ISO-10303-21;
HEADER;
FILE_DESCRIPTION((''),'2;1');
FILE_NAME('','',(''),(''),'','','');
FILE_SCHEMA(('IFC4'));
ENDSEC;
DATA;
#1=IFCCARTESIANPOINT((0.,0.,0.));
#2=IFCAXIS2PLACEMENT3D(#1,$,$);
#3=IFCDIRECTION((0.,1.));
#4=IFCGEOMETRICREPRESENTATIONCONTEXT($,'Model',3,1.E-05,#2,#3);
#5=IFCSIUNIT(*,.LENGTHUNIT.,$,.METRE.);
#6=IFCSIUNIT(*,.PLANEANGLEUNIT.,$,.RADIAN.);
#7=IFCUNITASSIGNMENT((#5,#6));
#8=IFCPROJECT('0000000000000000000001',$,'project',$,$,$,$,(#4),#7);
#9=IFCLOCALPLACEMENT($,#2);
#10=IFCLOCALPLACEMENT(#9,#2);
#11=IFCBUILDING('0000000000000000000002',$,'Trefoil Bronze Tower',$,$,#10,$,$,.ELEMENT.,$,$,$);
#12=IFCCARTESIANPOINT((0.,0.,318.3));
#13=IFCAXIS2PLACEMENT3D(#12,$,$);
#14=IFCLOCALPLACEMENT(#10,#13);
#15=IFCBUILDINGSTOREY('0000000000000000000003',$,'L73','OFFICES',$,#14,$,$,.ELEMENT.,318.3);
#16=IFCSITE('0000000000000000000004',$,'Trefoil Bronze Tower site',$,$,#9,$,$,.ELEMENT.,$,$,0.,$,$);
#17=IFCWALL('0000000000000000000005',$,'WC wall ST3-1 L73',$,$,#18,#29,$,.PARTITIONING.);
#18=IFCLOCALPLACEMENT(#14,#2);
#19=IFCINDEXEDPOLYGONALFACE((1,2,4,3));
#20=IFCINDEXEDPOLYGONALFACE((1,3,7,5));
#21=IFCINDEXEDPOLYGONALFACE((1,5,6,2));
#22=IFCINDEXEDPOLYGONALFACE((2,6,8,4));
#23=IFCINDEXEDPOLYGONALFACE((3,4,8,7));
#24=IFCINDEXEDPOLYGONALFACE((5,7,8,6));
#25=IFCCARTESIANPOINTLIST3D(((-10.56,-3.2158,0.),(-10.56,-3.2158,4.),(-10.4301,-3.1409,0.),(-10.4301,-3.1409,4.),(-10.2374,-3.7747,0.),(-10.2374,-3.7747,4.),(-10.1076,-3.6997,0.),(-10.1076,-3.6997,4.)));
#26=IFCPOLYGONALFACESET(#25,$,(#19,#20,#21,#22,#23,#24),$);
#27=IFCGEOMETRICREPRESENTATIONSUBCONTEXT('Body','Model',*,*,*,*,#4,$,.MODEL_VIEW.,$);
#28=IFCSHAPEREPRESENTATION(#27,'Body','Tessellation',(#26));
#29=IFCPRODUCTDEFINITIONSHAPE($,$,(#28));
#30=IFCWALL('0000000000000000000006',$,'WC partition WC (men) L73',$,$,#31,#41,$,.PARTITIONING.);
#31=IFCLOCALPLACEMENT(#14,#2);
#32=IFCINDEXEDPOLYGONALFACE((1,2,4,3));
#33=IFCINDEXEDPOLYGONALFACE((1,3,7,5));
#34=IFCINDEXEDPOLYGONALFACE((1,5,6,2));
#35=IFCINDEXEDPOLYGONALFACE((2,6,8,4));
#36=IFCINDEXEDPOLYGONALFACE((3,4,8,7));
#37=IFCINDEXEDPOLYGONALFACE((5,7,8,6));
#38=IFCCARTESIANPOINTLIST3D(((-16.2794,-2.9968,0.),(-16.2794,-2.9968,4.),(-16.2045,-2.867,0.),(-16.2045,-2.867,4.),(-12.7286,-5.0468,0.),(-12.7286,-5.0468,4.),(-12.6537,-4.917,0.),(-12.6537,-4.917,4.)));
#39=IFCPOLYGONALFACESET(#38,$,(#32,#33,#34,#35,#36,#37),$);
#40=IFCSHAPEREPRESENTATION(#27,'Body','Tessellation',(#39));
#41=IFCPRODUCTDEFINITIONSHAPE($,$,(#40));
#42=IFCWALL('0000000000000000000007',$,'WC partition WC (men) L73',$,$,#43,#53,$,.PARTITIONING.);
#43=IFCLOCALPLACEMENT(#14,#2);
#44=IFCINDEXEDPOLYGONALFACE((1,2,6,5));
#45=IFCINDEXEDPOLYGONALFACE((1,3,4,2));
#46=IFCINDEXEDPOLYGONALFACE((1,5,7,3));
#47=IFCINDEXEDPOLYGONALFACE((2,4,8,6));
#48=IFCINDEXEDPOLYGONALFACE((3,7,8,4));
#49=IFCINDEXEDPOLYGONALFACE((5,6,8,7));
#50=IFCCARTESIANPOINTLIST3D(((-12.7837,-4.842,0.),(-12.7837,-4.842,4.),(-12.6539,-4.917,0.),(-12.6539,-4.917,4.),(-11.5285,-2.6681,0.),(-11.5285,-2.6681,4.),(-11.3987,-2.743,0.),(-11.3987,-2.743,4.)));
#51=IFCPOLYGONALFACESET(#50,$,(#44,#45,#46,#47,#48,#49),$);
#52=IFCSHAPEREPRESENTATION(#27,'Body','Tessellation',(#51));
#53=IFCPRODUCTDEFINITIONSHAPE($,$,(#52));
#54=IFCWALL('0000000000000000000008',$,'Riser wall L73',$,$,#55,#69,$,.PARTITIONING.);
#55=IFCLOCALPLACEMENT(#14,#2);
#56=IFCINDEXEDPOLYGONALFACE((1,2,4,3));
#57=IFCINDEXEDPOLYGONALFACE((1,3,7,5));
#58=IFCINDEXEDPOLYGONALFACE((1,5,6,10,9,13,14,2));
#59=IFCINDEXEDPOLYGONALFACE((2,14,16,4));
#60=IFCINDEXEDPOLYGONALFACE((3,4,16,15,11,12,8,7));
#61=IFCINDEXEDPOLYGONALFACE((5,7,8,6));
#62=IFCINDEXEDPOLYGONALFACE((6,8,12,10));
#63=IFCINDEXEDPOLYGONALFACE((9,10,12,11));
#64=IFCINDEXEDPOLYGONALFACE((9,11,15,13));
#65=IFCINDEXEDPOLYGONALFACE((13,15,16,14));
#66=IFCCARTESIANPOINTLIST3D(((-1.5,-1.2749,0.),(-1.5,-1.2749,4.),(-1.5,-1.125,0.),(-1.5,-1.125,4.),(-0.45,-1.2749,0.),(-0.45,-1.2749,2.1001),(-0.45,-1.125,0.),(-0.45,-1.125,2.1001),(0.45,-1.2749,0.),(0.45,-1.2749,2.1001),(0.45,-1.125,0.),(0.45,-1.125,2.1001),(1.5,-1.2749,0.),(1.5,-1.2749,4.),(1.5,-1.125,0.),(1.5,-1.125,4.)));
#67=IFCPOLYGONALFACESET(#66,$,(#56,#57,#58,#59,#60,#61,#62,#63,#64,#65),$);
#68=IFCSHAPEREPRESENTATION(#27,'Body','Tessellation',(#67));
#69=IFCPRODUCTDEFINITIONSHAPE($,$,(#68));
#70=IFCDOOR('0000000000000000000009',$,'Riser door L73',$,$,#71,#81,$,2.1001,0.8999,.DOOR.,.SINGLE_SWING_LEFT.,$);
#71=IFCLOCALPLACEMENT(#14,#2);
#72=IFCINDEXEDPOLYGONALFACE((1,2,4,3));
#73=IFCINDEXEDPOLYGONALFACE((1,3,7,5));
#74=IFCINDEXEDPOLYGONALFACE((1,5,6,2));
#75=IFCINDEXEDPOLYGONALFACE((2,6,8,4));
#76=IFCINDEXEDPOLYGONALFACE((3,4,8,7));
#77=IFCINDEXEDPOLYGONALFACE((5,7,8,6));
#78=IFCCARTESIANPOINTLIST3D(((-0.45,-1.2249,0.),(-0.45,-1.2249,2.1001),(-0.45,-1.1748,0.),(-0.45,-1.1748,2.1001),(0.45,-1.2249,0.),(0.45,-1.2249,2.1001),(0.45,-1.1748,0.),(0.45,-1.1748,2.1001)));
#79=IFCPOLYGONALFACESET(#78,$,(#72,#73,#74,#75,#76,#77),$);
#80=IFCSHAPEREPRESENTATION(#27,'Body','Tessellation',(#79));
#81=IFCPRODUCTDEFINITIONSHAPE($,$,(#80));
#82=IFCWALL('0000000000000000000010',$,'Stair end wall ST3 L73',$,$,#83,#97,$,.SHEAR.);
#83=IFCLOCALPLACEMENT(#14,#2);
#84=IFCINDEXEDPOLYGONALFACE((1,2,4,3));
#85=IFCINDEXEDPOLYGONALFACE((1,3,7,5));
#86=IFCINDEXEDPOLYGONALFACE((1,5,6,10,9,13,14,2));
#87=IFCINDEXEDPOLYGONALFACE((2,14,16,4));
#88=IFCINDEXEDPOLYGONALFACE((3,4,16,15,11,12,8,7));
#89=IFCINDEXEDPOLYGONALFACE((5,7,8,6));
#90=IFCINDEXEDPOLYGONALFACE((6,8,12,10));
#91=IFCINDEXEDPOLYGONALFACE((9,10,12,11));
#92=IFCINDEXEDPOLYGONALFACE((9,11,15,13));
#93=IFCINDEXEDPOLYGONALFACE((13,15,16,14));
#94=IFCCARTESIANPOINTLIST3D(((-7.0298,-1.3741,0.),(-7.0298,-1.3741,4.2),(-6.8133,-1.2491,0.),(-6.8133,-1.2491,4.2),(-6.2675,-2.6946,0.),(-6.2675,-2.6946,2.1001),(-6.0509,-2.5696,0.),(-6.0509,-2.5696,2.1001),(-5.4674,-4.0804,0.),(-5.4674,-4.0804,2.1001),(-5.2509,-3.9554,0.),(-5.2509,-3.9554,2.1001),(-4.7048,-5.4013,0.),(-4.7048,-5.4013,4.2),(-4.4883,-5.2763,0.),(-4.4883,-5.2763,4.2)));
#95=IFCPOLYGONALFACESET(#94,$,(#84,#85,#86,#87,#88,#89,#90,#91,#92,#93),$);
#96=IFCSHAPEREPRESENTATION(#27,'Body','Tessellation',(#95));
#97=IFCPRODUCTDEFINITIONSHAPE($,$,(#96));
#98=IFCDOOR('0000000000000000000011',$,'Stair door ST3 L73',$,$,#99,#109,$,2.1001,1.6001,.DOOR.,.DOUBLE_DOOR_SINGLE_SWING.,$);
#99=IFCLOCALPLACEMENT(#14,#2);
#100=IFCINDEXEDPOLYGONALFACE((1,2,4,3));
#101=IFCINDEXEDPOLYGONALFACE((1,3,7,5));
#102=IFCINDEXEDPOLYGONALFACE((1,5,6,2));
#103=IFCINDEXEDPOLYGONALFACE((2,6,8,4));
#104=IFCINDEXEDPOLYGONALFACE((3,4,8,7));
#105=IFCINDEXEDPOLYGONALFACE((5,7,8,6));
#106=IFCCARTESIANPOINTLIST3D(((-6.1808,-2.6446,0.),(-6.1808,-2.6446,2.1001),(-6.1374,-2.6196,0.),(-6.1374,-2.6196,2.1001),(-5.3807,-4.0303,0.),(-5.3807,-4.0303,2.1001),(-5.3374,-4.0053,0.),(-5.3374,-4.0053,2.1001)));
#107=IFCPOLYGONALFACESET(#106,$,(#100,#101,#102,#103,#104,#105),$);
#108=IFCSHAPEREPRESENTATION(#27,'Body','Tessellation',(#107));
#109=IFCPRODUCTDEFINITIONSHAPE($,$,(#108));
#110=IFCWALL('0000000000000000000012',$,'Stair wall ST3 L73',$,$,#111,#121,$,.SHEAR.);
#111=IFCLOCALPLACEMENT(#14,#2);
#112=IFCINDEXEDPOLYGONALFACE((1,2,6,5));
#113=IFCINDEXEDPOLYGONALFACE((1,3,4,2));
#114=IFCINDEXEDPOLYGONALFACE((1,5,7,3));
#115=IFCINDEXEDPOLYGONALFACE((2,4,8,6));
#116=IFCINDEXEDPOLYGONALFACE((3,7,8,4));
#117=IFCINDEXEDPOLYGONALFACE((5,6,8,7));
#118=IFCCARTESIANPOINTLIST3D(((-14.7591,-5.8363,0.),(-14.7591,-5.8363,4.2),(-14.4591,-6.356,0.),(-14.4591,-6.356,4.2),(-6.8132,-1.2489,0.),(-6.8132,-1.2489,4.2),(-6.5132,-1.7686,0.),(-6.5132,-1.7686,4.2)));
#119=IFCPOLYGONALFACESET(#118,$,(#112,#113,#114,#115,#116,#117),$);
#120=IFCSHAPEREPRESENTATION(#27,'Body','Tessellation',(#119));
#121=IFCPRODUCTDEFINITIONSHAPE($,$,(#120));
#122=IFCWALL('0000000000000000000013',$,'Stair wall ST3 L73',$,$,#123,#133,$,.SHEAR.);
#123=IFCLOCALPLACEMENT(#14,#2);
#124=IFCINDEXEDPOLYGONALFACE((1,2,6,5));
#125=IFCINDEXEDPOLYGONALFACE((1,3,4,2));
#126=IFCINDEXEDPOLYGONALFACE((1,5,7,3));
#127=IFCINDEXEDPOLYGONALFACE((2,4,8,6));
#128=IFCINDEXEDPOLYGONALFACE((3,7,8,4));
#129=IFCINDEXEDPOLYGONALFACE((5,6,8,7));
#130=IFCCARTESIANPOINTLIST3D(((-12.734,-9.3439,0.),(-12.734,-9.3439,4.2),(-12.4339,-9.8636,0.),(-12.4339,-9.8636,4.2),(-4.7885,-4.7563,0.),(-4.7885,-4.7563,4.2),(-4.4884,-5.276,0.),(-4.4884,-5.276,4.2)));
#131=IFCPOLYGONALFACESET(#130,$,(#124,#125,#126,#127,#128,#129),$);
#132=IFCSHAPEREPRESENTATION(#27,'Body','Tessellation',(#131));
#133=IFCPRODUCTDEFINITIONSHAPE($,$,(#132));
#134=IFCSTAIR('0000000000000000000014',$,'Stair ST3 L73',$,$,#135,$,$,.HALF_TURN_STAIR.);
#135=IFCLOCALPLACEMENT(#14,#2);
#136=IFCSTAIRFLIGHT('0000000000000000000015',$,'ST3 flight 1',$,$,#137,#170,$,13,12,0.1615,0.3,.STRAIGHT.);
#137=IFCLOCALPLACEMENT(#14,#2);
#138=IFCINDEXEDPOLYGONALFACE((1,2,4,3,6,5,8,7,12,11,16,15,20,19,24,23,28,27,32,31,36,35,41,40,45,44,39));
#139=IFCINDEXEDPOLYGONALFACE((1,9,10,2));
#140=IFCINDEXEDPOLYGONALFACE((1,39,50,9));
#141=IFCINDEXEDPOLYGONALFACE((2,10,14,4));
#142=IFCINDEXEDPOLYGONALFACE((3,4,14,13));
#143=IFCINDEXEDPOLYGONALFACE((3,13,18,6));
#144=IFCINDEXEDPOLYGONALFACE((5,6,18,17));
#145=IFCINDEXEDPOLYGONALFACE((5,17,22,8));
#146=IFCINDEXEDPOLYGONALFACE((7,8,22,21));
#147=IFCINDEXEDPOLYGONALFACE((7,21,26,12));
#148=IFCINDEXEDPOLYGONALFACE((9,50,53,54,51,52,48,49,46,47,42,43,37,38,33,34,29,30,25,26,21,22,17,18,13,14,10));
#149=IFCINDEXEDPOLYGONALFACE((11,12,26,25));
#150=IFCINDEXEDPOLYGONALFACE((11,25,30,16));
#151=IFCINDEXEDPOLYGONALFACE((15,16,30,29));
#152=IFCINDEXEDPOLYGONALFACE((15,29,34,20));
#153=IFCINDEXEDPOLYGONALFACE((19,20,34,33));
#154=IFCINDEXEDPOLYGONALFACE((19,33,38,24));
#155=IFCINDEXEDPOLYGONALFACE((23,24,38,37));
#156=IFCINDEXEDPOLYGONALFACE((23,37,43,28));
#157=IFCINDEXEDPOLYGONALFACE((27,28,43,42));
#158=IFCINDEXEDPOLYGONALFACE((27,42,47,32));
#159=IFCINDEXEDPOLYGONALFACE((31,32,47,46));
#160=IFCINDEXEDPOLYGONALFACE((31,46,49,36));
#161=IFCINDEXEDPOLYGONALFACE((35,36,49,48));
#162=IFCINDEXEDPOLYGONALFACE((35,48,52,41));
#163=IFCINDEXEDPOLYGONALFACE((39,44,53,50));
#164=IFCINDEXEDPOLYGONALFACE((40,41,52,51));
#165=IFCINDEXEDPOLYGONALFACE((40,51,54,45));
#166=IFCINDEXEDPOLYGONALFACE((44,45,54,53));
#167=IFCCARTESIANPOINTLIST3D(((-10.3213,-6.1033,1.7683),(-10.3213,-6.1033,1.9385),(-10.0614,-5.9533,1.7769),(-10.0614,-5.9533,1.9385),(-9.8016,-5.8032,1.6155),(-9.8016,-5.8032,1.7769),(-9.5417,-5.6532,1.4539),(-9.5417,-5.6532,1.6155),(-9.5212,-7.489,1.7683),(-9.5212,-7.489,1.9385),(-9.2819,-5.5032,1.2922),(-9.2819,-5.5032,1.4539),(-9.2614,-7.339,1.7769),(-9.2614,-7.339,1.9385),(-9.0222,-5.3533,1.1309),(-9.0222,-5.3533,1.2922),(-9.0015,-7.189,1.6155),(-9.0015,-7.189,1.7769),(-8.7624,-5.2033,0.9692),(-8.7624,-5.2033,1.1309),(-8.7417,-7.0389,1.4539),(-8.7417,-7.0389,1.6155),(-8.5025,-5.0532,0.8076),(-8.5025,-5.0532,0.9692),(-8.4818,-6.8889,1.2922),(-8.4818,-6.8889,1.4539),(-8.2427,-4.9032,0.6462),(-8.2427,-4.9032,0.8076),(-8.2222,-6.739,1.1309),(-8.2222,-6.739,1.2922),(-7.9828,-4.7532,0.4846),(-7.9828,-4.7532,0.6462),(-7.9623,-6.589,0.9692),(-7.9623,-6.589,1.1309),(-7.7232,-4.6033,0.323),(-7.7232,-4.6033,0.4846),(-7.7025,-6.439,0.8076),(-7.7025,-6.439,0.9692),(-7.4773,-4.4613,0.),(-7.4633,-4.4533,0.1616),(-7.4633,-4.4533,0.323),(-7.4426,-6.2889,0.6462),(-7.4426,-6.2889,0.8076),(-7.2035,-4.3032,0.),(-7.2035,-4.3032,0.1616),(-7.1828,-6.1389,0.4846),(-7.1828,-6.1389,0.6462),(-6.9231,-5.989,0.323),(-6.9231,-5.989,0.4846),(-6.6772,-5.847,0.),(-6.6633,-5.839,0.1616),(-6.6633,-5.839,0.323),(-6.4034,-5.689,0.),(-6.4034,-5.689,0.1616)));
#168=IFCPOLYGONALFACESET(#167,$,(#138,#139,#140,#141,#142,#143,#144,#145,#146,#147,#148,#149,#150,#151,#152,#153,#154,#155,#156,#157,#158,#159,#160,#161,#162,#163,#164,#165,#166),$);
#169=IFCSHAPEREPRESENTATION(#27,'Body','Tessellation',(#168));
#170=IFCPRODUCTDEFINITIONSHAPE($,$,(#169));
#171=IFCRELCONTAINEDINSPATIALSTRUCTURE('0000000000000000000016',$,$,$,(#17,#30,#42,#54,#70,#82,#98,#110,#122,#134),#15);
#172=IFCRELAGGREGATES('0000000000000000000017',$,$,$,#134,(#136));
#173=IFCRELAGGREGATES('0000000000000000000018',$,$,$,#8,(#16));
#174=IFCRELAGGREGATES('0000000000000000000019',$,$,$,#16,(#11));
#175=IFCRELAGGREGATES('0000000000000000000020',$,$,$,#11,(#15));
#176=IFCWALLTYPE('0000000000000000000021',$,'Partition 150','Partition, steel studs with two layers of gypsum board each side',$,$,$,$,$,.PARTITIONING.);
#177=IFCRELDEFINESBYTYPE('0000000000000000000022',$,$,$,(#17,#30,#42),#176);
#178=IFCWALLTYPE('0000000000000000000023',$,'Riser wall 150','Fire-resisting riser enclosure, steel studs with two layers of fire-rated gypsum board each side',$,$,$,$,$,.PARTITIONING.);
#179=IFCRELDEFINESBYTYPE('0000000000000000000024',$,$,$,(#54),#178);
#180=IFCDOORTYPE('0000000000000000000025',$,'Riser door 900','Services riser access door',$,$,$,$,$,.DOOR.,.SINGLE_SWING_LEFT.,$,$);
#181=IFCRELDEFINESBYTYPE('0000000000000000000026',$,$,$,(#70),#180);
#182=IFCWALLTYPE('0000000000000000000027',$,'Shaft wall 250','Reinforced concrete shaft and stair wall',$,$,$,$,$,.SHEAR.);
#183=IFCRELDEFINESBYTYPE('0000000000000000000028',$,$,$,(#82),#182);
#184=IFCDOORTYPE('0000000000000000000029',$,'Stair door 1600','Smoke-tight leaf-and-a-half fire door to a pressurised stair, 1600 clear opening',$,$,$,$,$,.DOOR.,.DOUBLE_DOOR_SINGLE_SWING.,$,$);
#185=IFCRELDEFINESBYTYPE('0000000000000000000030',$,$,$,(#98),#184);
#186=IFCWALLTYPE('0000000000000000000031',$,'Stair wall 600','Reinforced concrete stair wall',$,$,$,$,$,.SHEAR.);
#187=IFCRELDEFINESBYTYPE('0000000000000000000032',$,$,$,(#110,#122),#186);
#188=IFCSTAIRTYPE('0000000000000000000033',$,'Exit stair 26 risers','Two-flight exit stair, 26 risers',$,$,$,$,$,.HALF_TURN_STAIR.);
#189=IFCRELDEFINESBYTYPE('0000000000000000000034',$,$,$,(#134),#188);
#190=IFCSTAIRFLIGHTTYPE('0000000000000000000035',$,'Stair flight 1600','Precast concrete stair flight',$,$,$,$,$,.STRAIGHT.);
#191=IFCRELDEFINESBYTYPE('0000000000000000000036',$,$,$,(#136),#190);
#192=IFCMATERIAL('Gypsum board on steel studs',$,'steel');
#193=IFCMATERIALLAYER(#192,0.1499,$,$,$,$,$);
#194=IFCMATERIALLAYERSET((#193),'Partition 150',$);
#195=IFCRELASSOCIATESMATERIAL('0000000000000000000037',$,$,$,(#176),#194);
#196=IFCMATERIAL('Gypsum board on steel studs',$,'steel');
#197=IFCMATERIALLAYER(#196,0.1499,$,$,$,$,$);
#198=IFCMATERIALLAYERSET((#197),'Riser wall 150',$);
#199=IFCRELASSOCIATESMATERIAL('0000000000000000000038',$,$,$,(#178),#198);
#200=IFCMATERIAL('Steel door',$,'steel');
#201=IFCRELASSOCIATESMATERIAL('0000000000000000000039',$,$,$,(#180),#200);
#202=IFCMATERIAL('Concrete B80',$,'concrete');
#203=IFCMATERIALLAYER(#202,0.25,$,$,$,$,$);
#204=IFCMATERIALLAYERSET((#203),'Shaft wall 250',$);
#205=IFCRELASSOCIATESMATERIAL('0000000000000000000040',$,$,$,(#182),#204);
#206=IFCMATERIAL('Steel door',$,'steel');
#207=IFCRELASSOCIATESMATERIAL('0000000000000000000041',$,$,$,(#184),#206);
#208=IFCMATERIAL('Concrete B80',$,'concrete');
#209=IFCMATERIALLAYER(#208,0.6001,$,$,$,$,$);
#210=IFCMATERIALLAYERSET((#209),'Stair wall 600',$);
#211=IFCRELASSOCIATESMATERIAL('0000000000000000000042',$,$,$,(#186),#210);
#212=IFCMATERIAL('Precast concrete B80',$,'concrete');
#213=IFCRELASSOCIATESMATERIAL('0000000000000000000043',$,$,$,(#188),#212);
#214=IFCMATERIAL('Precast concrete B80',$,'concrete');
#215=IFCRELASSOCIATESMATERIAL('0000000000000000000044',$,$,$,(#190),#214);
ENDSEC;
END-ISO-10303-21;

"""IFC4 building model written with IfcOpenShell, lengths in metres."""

from ifc_helpers import new_model, si_unit, direction, frame, frame_2d, origin, place, context, subcontext, project, spatial, polyline, rectangle, outline, extrude, material, layer, layer_set, type_object, element, fill, aggregate, save


model = new_model("IFC4")

# Units and contexts
model_context = context("Model", 3, precision=1e-05, world=origin(), true_north=direction((0.0, 1.0)))
body_context = subcontext(model_context, "Body", "Model", "MODEL_VIEW")
ifc_project = project(units=[si_unit("LENGTHUNIT", "METRE"), si_unit("PLANEANGLEUNIT", "RADIAN")], contexts=[model_context])

# Site, building, storey
site_placement = place(None, origin())
site = spatial("IfcSite", under=ifc_project, at=site_placement, Name="Trefoil Bronze Tower site", CompositionType="ELEMENT", RefElevation=0.0)
building_placement = place(site_placement, origin())
building = spatial("IfcBuilding", under=site, at=building_placement, Name="Trefoil Bronze Tower", CompositionType="ELEMENT")
storey_placement = place(building_placement, frame((0.0, 0.0, 318.3)))
storey = spatial("IfcBuildingStorey", under=building, at=storey_placement, Name="L73", Description="OFFICES", CompositionType="ELEMENT", Elevation=318.3)

# Shared definitions
ifc_material_1 = material(Name="Gypsum board on steel studs", Category="steel")
ifc_layer_1 = layer(ifc_material_1, 0.1499)
ifc_layer_set_1 = layer_set([ifc_layer_1], Name="Partition 150")
wall_type_1 = type_object("IfcWallType", Name="Partition 150", Description="Partition, steel studs with two layers of gypsum board each side", PredefinedType="PARTITIONING", material=ifc_layer_set_1)

# Walls
wall_1_placement = place(storey_placement, frame((-10.4951, -3.1782, 0.0), z_axis=(0.0, 0.0, 1.0), x_axis=(0.499843, -0.866116, 0.0)))
element("IfcWall", 1, at=wall_1_placement, inside=storey, type_object=wall_type_1, Name="WC wall ST3-1 L73", PredefinedType="PARTITIONING", context=body_context, shape_type="SweptSolid", body=[
    extrude(rectangle(XDim=0.6453, YDim=0.1499, at=frame_2d((0.3228, 0.0))), origin(), (0.0, 0.0, 1.0), 4.0),
])
wall_2_placement = place(storey_placement, frame((-12.6912, -4.9819, 0.0), z_axis=(0.0, 0.0, 1.0), x_axis=(-0.866025, 0.500001, 0.0)))
element("IfcWall", 2, at=wall_2_placement, inside=storey, type_object=wall_type_1, Name="WC partition WC (men) L73", PredefinedType="PARTITIONING", context=body_context, shape_type="SweptSolid", body=[
    extrude(rectangle(XDim=4.1001, YDim=0.1499, at=frame_2d((2.05, 0.0))), origin(), (0.0, 0.0, 1.0), 4.0),
])
wall_3_placement = place(storey_placement, frame((-11.4636, -2.7056, 0.0), z_axis=(0.0, 0.0, 1.0), x_axis=(-0.50002, -0.866014, 0.0)))
element("IfcWall", 3, at=wall_3_placement, inside=storey, type_object=wall_type_1, Name="WC partition WC (men) L73", PredefinedType="PARTITIONING", context=body_context, shape_type="SweptSolid", body=[
    extrude(rectangle(XDim=2.5103, YDim=0.1499, at=frame_2d((1.2551, 0.0))), origin(), (0.0, 0.0, 1.0), 4.0),
])

# Walls, openings, doors
ifc_material_2 = material(Name="Gypsum board on steel studs", Category="steel")
ifc_layer_2 = layer(ifc_material_2, 0.1499)
ifc_layer_set_2 = layer_set([ifc_layer_2], Name="Riser wall 150")
wall_type_2 = type_object("IfcWallType", Name="Riser wall 150", Description="Fire-resisting riser enclosure, steel studs with two layers of fire-rated gypsum board each side", PredefinedType="PARTITIONING", material=ifc_layer_set_2)
wall_4_placement = place(storey_placement, frame((-1.5, -1.2, 0.0), z_axis=(0.0, 0.0, 1.0), x_axis=(1.0, 0.0, 0.0)))
wall_4 = element("IfcWall", 4, at=wall_4_placement, inside=storey, type_object=wall_type_2, Name="Riser wall L73", PredefinedType="PARTITIONING", context=body_context, shape_type="SweptSolid", body=[
    extrude(rectangle(XDim=3.0, YDim=0.1499, at=frame_2d((1.5, 0.0))), origin(), (0.0, 0.0, 1.0), 4.0),
])
opening_1_placement = place(wall_4_placement, frame((1.05, 0.0, 0.0)))
opening_1 = element("IfcOpeningElement", 5, at=opening_1_placement, cuts=wall_4, PredefinedType="OPENING", context=body_context, shape_type="SweptSolid", body=[
    extrude(rectangle(XDim=0.8999, YDim=2.1001, at=frame_2d((0.45, 1.05))), frame((0.0, 0.085, 0.0), z_axis=(0.0, -1.0, 0.0), x_axis=(1.0, 0.0, 0.0)), (0.0, 0.0, 1.0), 0.1699),
])
ifc_material_3 = material(Name="Steel door", Category="steel")
door_type_1 = type_object("IfcDoorType", Name="Riser door 900", Description="Services riser access door", OperationType="SINGLE_SWING_LEFT", PredefinedType="DOOR", material=ifc_material_3)
door_1_placement = place(opening_1_placement, frame((0.8999, 0.0, 0.0), z_axis=(0.0, 0.0, 1.0), x_axis=(-1.0, 0.0, 0.0)))
door_1 = element("IfcDoor", 6, at=door_1_placement, inside=storey, type_object=door_type_1, Name="Riser door L73", OperationType="SINGLE_SWING_LEFT", OverallHeight=2.1001, OverallWidth=0.8999, PredefinedType="DOOR", context=body_context, shape_type="SweptSolid", body=[
    extrude(rectangle(XDim=0.8999, YDim=2.1001, at=frame_2d((0.45, 1.05))), frame((0.0, 0.0249, 0.0), z_axis=(0.0, -1.0, 0.0), x_axis=(1.0, 0.0, 0.0)), (0.0, 0.0, 1.0), 0.05),
])
fill(opening_1, door_1)
ifc_material_4 = material(Name="Concrete B80", Category="concrete")
ifc_layer_3 = layer(ifc_material_4, 0.25)
ifc_layer_set_3 = layer_set([ifc_layer_3], Name="Shaft wall 250")
wall_type_3 = type_object("IfcWallType", Name="Shaft wall 250", Description="Reinforced concrete shaft and stair wall", PredefinedType="SHEAR", material=ifc_layer_set_3)
wall_5_placement = place(storey_placement, frame((-6.9216, -1.3115, 0.0), z_axis=(0.0, 0.0, 1.0), x_axis=(0.499985, -0.866034, 0.0)))
wall_5 = element("IfcWall", 7, at=wall_5_placement, inside=storey, type_object=wall_type_3, Name="Stair end wall ST3 L73", PredefinedType="SHEAR", context=body_context, shape_type="SweptSolid", body=[
    extrude(rectangle(XDim=4.6501, YDim=0.25, at=frame_2d((2.3252, 0.0))), origin(), (0.0, 0.0, 1.0), 4.2),
])
opening_2_placement = place(wall_5_placement, frame((1.5249, 0.0, 0.0)))
opening_2 = element("IfcOpeningElement", 8, at=opening_2_placement, cuts=wall_5, PredefinedType="OPENING", context=body_context, shape_type="SweptSolid", body=[
    extrude(rectangle(XDim=1.6001, YDim=2.1001, at=frame_2d((0.8, 1.05))), frame((0.0, 0.135, 0.0), z_axis=(0.0, -1.0, 0.0), x_axis=(1.0, 0.0, 0.0)), (0.0, 0.0, 1.0), 0.27),
])
ifc_material_5 = material(Name="Steel door", Category="steel")
door_type_2 = type_object("IfcDoorType", Name="Stair door 1600", Description="Smoke-tight leaf-and-a-half fire door to a pressurised stair, 1600 clear opening", OperationType="DOUBLE_DOOR_SINGLE_SWING", PredefinedType="DOOR", material=ifc_material_5)
door_2_placement = place(opening_2_placement, frame((1.6001, 0.0, 0.0), z_axis=(0.0, 0.0, 1.0), x_axis=(-1.0, 0.0, 0.0)))
door_2 = element("IfcDoor", 9, at=door_2_placement, inside=storey, type_object=door_type_2, Name="Stair door ST3 L73", OperationType="DOUBLE_DOOR_SINGLE_SWING", OverallHeight=2.1001, OverallWidth=1.6001, PredefinedType="DOOR", context=body_context, shape_type="SweptSolid", body=[
    extrude(rectangle(XDim=1.6001, YDim=2.1001, at=frame_2d((0.8, 1.05))), frame((0.0, 0.0249, 0.0), z_axis=(0.0, -1.0, 0.0), x_axis=(1.0, 0.0, 0.0)), (0.0, 0.0, 1.0), 0.05),
])
fill(opening_2, door_2)

# Walls
ifc_material_6 = material(Name="Concrete B80", Category="concrete")
ifc_layer_4 = layer(ifc_material_6, 0.6001)
ifc_layer_set_4 = layer_set([ifc_layer_4], Name="Stair wall 600")
wall_type_4 = type_object("IfcWallType", Name="Stair wall 600", Description="Reinforced concrete stair wall", PredefinedType="SHEAR", material=ifc_layer_set_4)
wall_6_placement = place(storey_placement, frame((-6.6633, -1.5088, 0.0), z_axis=(0.0, 0.0, 1.0), x_axis=(-0.86603, -0.499991, 0.0)))
element("IfcWall", 10, at=wall_6_placement, inside=storey, type_object=wall_type_4, Name="Stair wall ST3 L73", PredefinedType="SHEAR", context=body_context, shape_type="SweptSolid", body=[
    extrude(rectangle(XDim=9.175, YDim=0.6001, at=frame_2d((4.5874, 0.0))), origin(), (0.0, 0.0, 1.0), 4.2),
])
wall_7_placement = place(storey_placement, frame((-4.6384, -5.0161, 0.0), z_axis=(0.0, 0.0, 1.0), x_axis=(-0.866012, -0.500023, 0.0)))
element("IfcWall", 11, at=wall_7_placement, inside=storey, type_object=wall_type_4, Name="Stair wall ST3 L73", PredefinedType="SHEAR", context=body_context, shape_type="SweptSolid", body=[
    extrude(rectangle(XDim=9.1748, YDim=0.6001, at=frame_2d((4.5874, 0.0))), origin(), (0.0, 0.0, 1.0), 4.2),
])

# Stair, stair flight
ifc_material_7 = material(Name="Precast concrete B80", Category="concrete")
stair_type = type_object("IfcStairType", Name="Exit stair 26 risers", Description="Two-flight exit stair, 26 risers", PredefinedType="HALF_TURN_STAIR", material=ifc_material_7)
stair_placement = place(storey_placement, origin())
stair = element("IfcStair", 12, at=stair_placement, inside=storey, type_object=stair_type, Name="Stair ST3 L73", PredefinedType="HALF_TURN_STAIR")
ifc_material_8 = material(Name="Precast concrete B80", Category="concrete")
stair_flight_type = type_object("IfcStairFlightType", Name="Stair flight 1600", Description="Precast concrete stair flight", PredefinedType="STRAIGHT", material=ifc_material_8)
stair_flight_placement = place(storey_placement, frame((-6.8035, -4.9961, 0.0), z_axis=(0.0, 0.0, 1.0), x_axis=(-0.866025, -0.5, 0.0)))
stair_flight = element("IfcStairFlight", 13, at=stair_flight_placement, type_object=stair_flight_type, Name="ST3 flight 1", NumberOfRisers=13, NumberOfTreads=12, PredefinedType="STRAIGHT", RiserHeight=0.1615, TreadLength=0.3, context=body_context, shape_type="SweptSolid", body=[
    extrude(outline(polyline([(0.0, 0.0), (0.0, 0.1616), (0.3, 0.1616), (0.3, 0.323), (0.6001, 0.323), (0.6001, 0.4846), (0.8999, 0.4846), (0.8999, 0.6462), (1.2, 0.6462), (1.2, 0.8076), (1.5, 0.8076), (1.5, 0.9692), (1.8, 0.9692), (1.8, 1.1309), (2.1001, 1.1309), (2.1001, 1.2922), (2.3999, 1.2922), (2.3999, 1.4539), (2.7, 1.4539), (2.7, 1.6155), (3.0, 1.6155), (3.0, 1.7769), (3.3, 1.7769), (3.3, 1.9385), (3.6001, 1.9385), (3.6001, 2.1001), (3.6001, 1.7683), (0.3162, 0.0), (0.0, 0.0)])), frame((0.0, 0.8, 0.0), z_axis=(0.0, -1.0, 0.0), x_axis=(1.0, 0.0, 0.0)), (0.0, 0.0, 1.0), 1.6001),
])
aggregate(stair, [stair_flight])

save(model, "model.ifc")
